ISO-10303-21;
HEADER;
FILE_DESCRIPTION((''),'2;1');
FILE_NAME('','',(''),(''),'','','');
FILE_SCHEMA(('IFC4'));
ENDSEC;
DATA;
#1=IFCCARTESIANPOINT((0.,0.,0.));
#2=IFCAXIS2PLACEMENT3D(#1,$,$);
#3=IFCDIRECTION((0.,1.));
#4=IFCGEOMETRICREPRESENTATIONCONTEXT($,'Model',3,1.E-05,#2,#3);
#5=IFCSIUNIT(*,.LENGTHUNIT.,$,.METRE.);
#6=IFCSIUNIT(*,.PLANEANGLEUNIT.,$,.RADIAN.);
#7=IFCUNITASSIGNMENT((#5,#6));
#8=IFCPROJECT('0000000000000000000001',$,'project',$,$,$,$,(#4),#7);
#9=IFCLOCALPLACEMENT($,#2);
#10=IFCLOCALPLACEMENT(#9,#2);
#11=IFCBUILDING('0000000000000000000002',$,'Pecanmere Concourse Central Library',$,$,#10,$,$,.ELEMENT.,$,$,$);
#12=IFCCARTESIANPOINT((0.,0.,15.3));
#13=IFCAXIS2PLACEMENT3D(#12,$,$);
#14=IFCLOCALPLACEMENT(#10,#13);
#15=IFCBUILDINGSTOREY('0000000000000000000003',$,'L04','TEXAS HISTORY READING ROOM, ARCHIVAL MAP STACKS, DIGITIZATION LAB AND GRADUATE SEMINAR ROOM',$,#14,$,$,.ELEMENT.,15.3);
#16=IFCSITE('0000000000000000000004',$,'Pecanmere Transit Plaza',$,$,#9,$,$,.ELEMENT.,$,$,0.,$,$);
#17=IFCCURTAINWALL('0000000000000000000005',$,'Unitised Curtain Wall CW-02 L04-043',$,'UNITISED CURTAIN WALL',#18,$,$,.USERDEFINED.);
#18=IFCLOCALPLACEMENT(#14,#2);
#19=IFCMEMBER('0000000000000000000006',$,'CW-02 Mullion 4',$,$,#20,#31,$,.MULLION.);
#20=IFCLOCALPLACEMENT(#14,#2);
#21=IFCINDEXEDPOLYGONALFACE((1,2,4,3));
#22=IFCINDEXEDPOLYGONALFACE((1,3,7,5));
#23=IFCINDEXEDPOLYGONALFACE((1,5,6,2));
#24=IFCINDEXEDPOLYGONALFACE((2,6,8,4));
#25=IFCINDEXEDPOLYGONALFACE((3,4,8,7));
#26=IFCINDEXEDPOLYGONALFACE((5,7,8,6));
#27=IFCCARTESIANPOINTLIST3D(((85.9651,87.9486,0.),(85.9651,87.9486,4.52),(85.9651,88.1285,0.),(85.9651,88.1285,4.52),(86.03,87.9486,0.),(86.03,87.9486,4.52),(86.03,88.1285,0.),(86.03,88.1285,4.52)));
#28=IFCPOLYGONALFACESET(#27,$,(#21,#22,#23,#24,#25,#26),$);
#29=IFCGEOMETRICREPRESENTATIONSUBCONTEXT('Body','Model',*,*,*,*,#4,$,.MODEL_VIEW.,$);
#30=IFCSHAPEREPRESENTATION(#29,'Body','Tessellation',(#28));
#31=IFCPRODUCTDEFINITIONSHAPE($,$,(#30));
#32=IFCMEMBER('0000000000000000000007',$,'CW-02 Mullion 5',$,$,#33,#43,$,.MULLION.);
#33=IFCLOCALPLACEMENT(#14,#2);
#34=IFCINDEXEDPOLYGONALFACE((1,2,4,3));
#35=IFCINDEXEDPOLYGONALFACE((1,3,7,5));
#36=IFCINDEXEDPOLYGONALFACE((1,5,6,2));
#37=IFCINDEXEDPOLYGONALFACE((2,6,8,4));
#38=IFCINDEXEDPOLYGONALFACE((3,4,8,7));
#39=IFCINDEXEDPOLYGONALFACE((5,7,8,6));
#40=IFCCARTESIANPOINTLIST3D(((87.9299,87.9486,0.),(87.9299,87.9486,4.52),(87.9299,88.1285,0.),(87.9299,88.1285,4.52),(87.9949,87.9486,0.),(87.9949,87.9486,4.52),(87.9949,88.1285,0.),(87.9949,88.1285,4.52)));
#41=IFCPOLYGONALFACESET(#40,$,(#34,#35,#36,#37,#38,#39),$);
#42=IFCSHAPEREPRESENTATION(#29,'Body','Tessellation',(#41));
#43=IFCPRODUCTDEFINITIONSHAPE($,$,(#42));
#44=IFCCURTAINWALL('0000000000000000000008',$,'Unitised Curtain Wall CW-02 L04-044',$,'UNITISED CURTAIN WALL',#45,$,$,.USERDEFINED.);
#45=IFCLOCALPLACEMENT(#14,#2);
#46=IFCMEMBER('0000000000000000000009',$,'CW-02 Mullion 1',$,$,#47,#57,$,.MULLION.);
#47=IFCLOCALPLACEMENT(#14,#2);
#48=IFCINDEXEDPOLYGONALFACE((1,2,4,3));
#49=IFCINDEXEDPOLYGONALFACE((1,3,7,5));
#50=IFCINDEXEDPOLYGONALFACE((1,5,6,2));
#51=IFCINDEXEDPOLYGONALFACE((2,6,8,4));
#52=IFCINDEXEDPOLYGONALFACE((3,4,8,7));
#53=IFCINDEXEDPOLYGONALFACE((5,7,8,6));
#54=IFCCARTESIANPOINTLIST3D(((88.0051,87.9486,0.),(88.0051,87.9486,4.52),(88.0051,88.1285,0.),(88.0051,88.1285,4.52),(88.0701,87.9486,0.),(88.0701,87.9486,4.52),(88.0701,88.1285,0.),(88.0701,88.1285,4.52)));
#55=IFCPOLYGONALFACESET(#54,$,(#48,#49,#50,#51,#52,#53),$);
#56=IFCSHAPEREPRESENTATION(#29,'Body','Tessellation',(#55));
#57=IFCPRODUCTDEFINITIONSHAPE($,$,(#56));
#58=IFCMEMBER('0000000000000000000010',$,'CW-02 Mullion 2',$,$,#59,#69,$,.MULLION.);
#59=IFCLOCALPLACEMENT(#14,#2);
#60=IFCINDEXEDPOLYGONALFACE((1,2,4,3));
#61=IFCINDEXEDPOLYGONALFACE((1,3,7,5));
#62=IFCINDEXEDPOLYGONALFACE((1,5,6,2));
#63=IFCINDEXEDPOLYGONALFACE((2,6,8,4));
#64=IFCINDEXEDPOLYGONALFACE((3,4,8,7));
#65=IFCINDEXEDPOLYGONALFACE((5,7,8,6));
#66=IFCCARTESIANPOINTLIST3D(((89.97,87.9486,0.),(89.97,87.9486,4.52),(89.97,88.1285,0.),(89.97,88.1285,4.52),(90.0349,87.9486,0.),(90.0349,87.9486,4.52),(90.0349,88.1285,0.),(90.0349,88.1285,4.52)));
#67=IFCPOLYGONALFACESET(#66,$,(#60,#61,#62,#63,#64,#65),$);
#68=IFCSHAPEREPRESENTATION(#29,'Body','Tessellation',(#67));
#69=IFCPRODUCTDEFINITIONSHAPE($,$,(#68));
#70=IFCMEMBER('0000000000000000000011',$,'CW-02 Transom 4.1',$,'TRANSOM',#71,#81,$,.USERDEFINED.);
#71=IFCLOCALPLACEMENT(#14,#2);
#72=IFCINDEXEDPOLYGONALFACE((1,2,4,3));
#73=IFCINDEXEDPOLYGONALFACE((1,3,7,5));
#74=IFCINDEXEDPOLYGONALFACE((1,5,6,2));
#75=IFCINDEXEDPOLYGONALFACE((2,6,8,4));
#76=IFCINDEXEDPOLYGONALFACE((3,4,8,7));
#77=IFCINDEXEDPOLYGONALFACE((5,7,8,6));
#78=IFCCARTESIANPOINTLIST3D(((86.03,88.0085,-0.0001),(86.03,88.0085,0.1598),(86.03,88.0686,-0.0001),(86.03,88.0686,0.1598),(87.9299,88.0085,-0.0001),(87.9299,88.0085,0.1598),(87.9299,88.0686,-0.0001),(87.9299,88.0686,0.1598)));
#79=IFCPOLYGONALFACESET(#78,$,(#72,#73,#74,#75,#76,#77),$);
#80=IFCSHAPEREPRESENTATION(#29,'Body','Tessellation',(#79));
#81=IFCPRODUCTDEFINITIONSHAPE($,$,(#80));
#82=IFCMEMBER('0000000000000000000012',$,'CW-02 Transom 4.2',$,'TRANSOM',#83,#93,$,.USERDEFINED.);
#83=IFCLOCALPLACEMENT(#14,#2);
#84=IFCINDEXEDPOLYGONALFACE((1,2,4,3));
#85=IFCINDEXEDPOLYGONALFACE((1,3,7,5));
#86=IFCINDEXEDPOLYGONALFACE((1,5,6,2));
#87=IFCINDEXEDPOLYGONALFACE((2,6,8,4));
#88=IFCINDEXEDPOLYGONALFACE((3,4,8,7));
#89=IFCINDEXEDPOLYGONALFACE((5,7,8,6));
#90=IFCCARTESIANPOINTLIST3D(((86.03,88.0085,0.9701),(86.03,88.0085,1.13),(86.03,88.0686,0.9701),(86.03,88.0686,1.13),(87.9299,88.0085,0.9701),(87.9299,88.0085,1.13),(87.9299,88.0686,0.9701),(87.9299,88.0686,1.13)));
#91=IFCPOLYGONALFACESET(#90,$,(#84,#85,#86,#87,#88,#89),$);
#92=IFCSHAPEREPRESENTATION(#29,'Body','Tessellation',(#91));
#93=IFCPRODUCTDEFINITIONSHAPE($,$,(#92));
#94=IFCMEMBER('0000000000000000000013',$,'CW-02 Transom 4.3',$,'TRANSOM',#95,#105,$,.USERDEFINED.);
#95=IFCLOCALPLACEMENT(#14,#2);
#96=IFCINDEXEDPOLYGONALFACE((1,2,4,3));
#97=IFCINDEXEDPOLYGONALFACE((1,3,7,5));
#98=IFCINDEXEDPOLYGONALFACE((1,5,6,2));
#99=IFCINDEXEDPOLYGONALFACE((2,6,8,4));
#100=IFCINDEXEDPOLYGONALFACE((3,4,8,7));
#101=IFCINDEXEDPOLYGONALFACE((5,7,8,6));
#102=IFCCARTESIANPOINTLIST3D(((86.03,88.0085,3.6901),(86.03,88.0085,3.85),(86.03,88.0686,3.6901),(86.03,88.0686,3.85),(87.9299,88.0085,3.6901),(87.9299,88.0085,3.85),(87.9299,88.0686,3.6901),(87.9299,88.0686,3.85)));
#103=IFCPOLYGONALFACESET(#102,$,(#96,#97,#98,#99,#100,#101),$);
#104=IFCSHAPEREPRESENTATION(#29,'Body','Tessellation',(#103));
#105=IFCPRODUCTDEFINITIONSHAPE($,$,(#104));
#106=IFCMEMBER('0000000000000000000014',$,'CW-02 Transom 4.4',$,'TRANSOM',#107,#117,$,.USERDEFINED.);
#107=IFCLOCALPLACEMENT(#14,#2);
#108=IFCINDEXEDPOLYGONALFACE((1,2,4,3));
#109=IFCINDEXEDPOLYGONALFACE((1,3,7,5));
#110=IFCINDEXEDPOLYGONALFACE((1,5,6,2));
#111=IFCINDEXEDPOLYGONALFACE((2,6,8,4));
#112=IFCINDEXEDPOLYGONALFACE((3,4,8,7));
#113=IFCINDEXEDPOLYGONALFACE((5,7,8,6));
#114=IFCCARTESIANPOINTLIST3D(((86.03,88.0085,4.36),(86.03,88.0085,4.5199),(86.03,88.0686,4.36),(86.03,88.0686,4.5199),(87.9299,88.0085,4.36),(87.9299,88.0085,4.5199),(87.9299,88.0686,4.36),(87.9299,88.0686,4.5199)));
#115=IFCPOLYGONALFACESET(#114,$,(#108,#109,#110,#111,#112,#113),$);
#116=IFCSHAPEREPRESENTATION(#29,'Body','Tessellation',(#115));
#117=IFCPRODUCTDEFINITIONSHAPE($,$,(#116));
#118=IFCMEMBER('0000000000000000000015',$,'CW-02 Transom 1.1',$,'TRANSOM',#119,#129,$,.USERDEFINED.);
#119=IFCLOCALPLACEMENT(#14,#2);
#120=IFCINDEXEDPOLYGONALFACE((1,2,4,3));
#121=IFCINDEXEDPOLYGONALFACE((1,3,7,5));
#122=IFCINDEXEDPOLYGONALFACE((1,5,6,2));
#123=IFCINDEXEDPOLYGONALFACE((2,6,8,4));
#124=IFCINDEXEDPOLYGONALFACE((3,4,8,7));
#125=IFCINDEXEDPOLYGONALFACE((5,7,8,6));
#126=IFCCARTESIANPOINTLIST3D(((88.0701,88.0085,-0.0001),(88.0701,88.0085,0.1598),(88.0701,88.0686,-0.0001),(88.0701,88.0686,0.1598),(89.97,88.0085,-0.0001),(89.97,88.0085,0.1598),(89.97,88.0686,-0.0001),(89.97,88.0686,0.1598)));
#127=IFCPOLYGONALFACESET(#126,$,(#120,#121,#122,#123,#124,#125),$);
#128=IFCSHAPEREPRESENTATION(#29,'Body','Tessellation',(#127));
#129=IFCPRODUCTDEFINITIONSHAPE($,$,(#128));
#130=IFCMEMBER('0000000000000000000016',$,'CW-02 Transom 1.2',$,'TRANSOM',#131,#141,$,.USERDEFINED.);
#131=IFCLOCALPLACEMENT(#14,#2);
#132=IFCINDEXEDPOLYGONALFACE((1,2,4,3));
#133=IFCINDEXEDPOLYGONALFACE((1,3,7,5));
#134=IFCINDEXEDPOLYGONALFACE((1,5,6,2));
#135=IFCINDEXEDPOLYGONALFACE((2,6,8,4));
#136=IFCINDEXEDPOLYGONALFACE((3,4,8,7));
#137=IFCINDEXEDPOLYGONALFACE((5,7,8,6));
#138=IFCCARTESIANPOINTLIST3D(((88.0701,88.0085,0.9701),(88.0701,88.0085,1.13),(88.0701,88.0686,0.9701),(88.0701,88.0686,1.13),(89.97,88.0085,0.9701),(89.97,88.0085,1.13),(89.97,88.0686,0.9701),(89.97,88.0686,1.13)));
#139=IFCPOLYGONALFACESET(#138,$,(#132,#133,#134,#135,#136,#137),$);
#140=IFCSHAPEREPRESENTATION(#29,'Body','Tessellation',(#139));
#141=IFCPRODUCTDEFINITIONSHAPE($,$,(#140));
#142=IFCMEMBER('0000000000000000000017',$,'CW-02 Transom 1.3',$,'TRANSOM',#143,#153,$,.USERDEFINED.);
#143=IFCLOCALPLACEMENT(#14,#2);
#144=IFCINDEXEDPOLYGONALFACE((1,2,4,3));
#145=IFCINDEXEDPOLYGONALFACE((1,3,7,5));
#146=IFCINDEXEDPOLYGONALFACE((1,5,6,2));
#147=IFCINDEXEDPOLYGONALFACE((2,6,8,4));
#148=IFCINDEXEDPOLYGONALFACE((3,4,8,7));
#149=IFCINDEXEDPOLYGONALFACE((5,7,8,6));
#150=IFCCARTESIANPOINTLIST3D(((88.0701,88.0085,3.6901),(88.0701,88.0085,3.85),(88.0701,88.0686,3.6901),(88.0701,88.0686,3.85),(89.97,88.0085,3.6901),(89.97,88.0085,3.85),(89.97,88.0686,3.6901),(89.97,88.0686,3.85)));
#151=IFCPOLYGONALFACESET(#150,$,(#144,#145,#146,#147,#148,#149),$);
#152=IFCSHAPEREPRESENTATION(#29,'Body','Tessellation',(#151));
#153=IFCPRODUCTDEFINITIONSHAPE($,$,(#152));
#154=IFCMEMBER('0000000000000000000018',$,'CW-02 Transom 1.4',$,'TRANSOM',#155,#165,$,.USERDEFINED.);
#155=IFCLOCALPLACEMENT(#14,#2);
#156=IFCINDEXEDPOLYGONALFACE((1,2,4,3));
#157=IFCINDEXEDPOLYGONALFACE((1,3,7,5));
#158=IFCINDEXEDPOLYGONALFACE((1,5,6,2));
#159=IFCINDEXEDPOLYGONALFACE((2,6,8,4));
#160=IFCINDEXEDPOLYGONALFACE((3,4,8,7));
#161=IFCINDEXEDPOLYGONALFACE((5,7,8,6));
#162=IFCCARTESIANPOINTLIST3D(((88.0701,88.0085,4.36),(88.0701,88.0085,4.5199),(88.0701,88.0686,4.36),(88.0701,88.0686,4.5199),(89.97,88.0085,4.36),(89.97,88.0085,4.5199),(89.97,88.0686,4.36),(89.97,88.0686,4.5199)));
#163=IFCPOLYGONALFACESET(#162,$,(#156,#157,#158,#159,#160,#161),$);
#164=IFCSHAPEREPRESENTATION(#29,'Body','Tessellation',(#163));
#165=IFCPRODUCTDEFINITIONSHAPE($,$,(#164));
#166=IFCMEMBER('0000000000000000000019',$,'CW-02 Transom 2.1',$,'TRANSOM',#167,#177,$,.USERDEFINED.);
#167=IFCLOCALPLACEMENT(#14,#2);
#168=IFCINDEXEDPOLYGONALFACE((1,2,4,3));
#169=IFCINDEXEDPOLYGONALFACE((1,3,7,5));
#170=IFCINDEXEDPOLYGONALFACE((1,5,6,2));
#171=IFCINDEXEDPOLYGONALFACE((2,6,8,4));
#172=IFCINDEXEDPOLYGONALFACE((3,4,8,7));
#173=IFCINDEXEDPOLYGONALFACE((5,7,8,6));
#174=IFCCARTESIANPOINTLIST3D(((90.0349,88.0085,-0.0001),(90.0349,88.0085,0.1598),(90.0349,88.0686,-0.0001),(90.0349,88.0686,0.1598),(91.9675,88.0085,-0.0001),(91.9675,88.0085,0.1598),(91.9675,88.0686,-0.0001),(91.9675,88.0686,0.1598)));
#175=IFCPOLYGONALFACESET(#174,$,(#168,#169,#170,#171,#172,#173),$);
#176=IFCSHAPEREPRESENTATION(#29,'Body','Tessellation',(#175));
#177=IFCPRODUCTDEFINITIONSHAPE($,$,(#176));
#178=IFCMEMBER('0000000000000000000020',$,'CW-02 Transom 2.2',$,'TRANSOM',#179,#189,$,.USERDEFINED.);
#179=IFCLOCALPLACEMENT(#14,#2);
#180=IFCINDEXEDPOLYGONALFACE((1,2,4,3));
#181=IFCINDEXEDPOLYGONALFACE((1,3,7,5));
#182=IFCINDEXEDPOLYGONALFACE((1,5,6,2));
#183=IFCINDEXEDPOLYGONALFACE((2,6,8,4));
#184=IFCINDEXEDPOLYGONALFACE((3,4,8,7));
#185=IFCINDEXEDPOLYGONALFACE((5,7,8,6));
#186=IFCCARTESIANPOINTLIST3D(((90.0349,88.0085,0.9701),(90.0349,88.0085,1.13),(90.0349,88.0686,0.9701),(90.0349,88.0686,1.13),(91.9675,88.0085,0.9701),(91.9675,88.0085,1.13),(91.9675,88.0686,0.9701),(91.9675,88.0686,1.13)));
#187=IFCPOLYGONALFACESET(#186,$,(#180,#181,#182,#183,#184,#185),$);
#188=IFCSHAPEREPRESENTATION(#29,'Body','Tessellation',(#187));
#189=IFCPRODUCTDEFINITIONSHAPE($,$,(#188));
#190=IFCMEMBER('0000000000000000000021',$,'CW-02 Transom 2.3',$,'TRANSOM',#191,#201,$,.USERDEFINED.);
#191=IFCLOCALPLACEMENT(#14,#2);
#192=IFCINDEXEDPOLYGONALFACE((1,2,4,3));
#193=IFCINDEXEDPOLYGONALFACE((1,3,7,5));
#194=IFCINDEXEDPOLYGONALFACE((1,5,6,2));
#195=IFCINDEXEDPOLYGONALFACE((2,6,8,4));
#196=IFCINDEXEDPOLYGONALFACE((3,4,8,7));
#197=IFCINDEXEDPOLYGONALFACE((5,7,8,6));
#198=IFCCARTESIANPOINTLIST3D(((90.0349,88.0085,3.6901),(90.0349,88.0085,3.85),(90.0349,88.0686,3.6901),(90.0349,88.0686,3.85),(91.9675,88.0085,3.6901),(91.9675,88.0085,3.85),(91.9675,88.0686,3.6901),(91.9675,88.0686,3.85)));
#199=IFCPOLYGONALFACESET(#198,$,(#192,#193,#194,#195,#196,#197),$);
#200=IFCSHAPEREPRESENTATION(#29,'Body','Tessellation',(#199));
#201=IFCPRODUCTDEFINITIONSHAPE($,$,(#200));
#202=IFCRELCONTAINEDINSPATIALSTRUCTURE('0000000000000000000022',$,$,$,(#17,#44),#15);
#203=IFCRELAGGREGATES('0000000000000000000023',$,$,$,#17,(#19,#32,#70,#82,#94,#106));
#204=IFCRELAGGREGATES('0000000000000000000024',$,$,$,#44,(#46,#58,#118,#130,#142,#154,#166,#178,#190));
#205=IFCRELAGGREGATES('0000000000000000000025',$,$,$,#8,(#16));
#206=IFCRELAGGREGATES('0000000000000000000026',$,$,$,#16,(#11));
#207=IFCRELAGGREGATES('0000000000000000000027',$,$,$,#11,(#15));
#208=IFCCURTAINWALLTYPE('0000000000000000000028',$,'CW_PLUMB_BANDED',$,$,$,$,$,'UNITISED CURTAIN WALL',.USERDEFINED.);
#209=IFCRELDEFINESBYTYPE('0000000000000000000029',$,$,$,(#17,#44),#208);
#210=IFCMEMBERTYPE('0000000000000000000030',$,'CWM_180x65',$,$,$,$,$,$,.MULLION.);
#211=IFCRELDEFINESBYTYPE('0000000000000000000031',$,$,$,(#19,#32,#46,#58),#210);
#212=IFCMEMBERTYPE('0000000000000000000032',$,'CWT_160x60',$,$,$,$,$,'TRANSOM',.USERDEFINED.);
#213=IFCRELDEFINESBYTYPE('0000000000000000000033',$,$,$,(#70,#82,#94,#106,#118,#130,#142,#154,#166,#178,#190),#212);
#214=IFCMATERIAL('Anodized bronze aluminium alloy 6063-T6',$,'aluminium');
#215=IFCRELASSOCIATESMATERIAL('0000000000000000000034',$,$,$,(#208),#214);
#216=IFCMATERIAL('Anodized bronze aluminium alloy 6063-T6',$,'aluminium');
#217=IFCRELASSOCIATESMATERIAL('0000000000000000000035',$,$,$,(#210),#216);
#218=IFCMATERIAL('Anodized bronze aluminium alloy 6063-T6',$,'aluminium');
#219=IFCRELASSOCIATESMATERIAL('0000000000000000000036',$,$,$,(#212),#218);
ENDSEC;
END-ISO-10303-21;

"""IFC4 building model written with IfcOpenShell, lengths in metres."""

from ifc_helpers import new_model, si_unit, direction, frame, origin, origin_2d, place, context, subcontext, project, spatial, rectangle, extrude, material, material_profile, profile_set, type_object, element, aggregate, save


model = new_model("IFC4")

# Units and contexts
model_context = context("Model", 3, precision=1e-05, world=origin(), true_north=direction((0.0, 1.0)))
body_context = subcontext(model_context, "Body", "Model", "MODEL_VIEW")
ifc_project = project(units=[si_unit("LENGTHUNIT", "METRE"), si_unit("PLANEANGLEUNIT", "RADIAN")], contexts=[model_context])

# Site, building, storey
site_placement = place(None, origin())
site = spatial("IfcSite", under=ifc_project, at=site_placement, Name="Pecanmere Transit Plaza", CompositionType="ELEMENT", RefElevation=0.0)
building_placement = place(site_placement, origin())
building = spatial("IfcBuilding", under=site, at=building_placement, Name="Pecanmere Concourse Central Library", CompositionType="ELEMENT")
storey_placement = place(building_placement, frame((0.0, 0.0, 15.3)))
storey = spatial("IfcBuildingStorey", under=building, at=storey_placement, Name="L04", Description="TEXAS HISTORY READING ROOM, ARCHIVAL MAP STACKS, DIGITIZATION LAB AND GRADUATE SEMINAR ROOM", CompositionType="ELEMENT", Elevation=15.3)

# Curtain walls, members
ifc_material_1 = material(Name="Anodized bronze aluminium alloy 6063-T6", Category="aluminium")
curtain_wall_type = type_object("IfcCurtainWallType", Name="CW_PLUMB_BANDED", ElementType="UNITISED CURTAIN WALL", PredefinedType="USERDEFINED", material=ifc_material_1)
curtain_wall_1_placement = place(storey_placement, origin())
curtain_wall_1 = element("IfcCurtainWall", 1, at=curtain_wall_1_placement, inside=storey, type_object=curtain_wall_type, Name="Unitised Curtain Wall CW-02 L04-043", ObjectType="UNITISED CURTAIN WALL", PredefinedType="USERDEFINED")
ifc_material_2 = material(Name="Anodized bronze aluminium alloy 6063-T6", Category="aluminium")
ifc_material_profile_1 = material_profile(ifc_material_2, rectangle(XDim=0.0649, YDim=0.1799, at=origin_2d()), Name="AL 65x180")
ifc_profile_set_1 = profile_set([ifc_material_profile_1], Name="Anodized bronze aluminium alloy 6063-T6")
member_type_1 = type_object("IfcMemberType", Name="CWM_180x65", PredefinedType="MULLION", material=ifc_profile_set_1)
member_1_placement = place(storey_placement, frame((85.9976, 88.0386, 0.0), z_axis=(0.0, 0.0, 1.0), x_axis=(1.0, 0.0, 0.0)))
member_1 = element("IfcMember", 2, at=member_1_placement, type_object=member_type_1, Name="CW-02 Mullion 4", PredefinedType="MULLION", context=body_context, shape_type="SweptSolid", body=[
    extrude(rectangle(XDim=0.0649, YDim=0.1799, at=origin_2d()), origin(), (0.0, 0.0, 1.0), 4.52),
])
member_2_placement = place(storey_placement, frame((87.9624, 88.0386, 0.0), z_axis=(0.0, 0.0, 1.0), x_axis=(1.0, 0.0, 0.0)))
member_2 = element("IfcMember", 3, at=member_2_placement, type_object=member_type_1, Name="CW-02 Mullion 5", PredefinedType="MULLION", context=body_context, shape_type="SweptSolid", body=[
    extrude(rectangle(XDim=0.0649, YDim=0.1799, at=origin_2d()), origin(), (0.0, 0.0, 1.0), 4.52),
])
curtain_wall_2_placement = place(storey_placement, origin())
curtain_wall_2 = element("IfcCurtainWall", 4, at=curtain_wall_2_placement, inside=storey, type_object=curtain_wall_type, Name="Unitised Curtain Wall CW-02 L04-044", ObjectType="UNITISED CURTAIN WALL", PredefinedType="USERDEFINED")
member_3_placement = place(storey_placement, frame((88.0376, 88.0386, 0.0), z_axis=(0.0, 0.0, 1.0), x_axis=(1.0, 0.0, 0.0)))
member_3 = element("IfcMember", 5, at=member_3_placement, type_object=member_type_1, Name="CW-02 Mullion 1", PredefinedType="MULLION", context=body_context, shape_type="SweptSolid", body=[
    extrude(rectangle(XDim=0.0649, YDim=0.1799, at=origin_2d()), origin(), (0.0, 0.0, 1.0), 4.52),
])
member_4_placement = place(storey_placement, frame((90.0024, 88.0386, 0.0), z_axis=(0.0, 0.0, 1.0), x_axis=(1.0, 0.0, 0.0)))
member_4 = element("IfcMember", 6, at=member_4_placement, type_object=member_type_1, Name="CW-02 Mullion 2", PredefinedType="MULLION", context=body_context, shape_type="SweptSolid", body=[
    extrude(rectangle(XDim=0.0649, YDim=0.1799, at=origin_2d()), origin(), (0.0, 0.0, 1.0), 4.52),
])

# Members
ifc_material_3 = material(Name="Anodized bronze aluminium alloy 6063-T6", Category="aluminium")
ifc_material_profile_2 = material_profile(ifc_material_3, rectangle(XDim=0.0601, YDim=0.1599, at=origin_2d()), Name="AL 60x160")
ifc_profile_set_2 = profile_set([ifc_material_profile_2], Name="Anodized bronze aluminium alloy 6063-T6")
member_type_2 = type_object("IfcMemberType", Name="CWT_160x60", ElementType="TRANSOM", PredefinedType="USERDEFINED", material=ifc_profile_set_2)
member_5_placement = place(storey_placement, frame((86.03, 88.0386, 0.0798), z_axis=(1.0, 0.0, 0.0), x_axis=(0.0, 1.0, 0.0)))
member_5 = element("IfcMember", 7, at=member_5_placement, type_object=member_type_2, Name="CW-02 Transom 4.1", ObjectType="TRANSOM", PredefinedType="USERDEFINED", context=body_context, shape_type="SweptSolid", body=[
    extrude(rectangle(XDim=0.0601, YDim=0.1599, at=origin_2d()), origin(), (0.0, 0.0, 1.0), 1.8999),
])
member_6_placement = place(storey_placement, frame((86.03, 88.0386, 1.05), z_axis=(1.0, 0.0, 0.0), x_axis=(0.0, 1.0, 0.0)))
member_6 = element("IfcMember", 8, at=member_6_placement, type_object=member_type_2, Name="CW-02 Transom 4.2", ObjectType="TRANSOM", PredefinedType="USERDEFINED", context=body_context, shape_type="SweptSolid", body=[
    extrude(rectangle(XDim=0.0601, YDim=0.1599, at=origin_2d()), origin(), (0.0, 0.0, 1.0), 1.8999),
])
member_7_placement = place(storey_placement, frame((86.03, 88.0386, 3.77), z_axis=(1.0, 0.0, 0.0), x_axis=(0.0, 1.0, 0.0)))
member_7 = element("IfcMember", 9, at=member_7_placement, type_object=member_type_2, Name="CW-02 Transom 4.3", ObjectType="TRANSOM", PredefinedType="USERDEFINED", context=body_context, shape_type="SweptSolid", body=[
    extrude(rectangle(XDim=0.0601, YDim=0.1599, at=origin_2d()), origin(), (0.0, 0.0, 1.0), 1.8999),
])
member_8_placement = place(storey_placement, frame((86.03, 88.0386, 4.4399), z_axis=(1.0, 0.0, 0.0), x_axis=(0.0, 1.0, 0.0)))
member_8 = element("IfcMember", 10, at=member_8_placement, type_object=member_type_2, Name="CW-02 Transom 4.4", ObjectType="TRANSOM", PredefinedType="USERDEFINED", context=body_context, shape_type="SweptSolid", body=[
    extrude(rectangle(XDim=0.0601, YDim=0.1599, at=origin_2d()), origin(), (0.0, 0.0, 1.0), 1.8999),
])
member_9_placement = place(storey_placement, frame((88.0701, 88.0386, 0.0798), z_axis=(1.0, 0.0, 0.0), x_axis=(0.0, 1.0, 0.0)))
member_9 = element("IfcMember", 11, at=member_9_placement, type_object=member_type_2, Name="CW-02 Transom 1.1", ObjectType="TRANSOM", PredefinedType="USERDEFINED", context=body_context, shape_type="SweptSolid", body=[
    extrude(rectangle(XDim=0.0601, YDim=0.1599, at=origin_2d()), origin(), (0.0, 0.0, 1.0), 1.8999),
])
member_10_placement = place(storey_placement, frame((88.0701, 88.0386, 1.05), z_axis=(1.0, 0.0, 0.0), x_axis=(0.0, 1.0, 0.0)))
member_10 = element("IfcMember", 12, at=member_10_placement, type_object=member_type_2, Name="CW-02 Transom 1.2", ObjectType="TRANSOM", PredefinedType="USERDEFINED", context=body_context, shape_type="SweptSolid", body=[
    extrude(rectangle(XDim=0.0601, YDim=0.1599, at=origin_2d()), origin(), (0.0, 0.0, 1.0), 1.8999),
])
member_11_placement = place(storey_placement, frame((88.0701, 88.0386, 3.77), z_axis=(1.0, 0.0, 0.0), x_axis=(0.0, 1.0, 0.0)))
member_11 = element("IfcMember", 13, at=member_11_placement, type_object=member_type_2, Name="CW-02 Transom 1.3", ObjectType="TRANSOM", PredefinedType="USERDEFINED", context=body_context, shape_type="SweptSolid", body=[
    extrude(rectangle(XDim=0.0601, YDim=0.1599, at=origin_2d()), origin(), (0.0, 0.0, 1.0), 1.8999),
])
member_12_placement = place(storey_placement, frame((88.0701, 88.0386, 4.4399), z_axis=(1.0, 0.0, 0.0), x_axis=(0.0, 1.0, 0.0)))
member_12 = element("IfcMember", 14, at=member_12_placement, type_object=member_type_2, Name="CW-02 Transom 1.4", ObjectType="TRANSOM", PredefinedType="USERDEFINED", context=body_context, shape_type="SweptSolid", body=[
    extrude(rectangle(XDim=0.0601, YDim=0.1599, at=origin_2d()), origin(), (0.0, 0.0, 1.0), 1.8999),
])
member_13_placement = place(storey_placement, frame((90.0349, 88.0386, 0.0798), z_axis=(1.0, 0.0, 0.0), x_axis=(0.0, 1.0, 0.0)))
member_13 = element("IfcMember", 15, at=member_13_placement, type_object=member_type_2, Name="CW-02 Transom 2.1", ObjectType="TRANSOM", PredefinedType="USERDEFINED", context=body_context, shape_type="SweptSolid", body=[
    extrude(rectangle(XDim=0.0601, YDim=0.1599, at=origin_2d()), origin(), (0.0, 0.0, 1.0), 1.9326),
])
member_14_placement = place(storey_placement, frame((90.0349, 88.0386, 1.05), z_axis=(1.0, 0.0, 0.0), x_axis=(0.0, 1.0, 0.0)))
member_14 = element("IfcMember", 16, at=member_14_placement, type_object=member_type_2, Name="CW-02 Transom 2.2", ObjectType="TRANSOM", PredefinedType="USERDEFINED", context=body_context, shape_type="SweptSolid", body=[
    extrude(rectangle(XDim=0.0601, YDim=0.1599, at=origin_2d()), origin(), (0.0, 0.0, 1.0), 1.9326),
])
member_15_placement = place(storey_placement, frame((90.0349, 88.0386, 3.77), z_axis=(1.0, 0.0, 0.0), x_axis=(0.0, 1.0, 0.0)))
member_15 = element("IfcMember", 17, at=member_15_placement, type_object=member_type_2, Name="CW-02 Transom 2.3", ObjectType="TRANSOM", PredefinedType="USERDEFINED", context=body_context, shape_type="SweptSolid", body=[
    extrude(rectangle(XDim=0.0601, YDim=0.1599, at=origin_2d()), origin(), (0.0, 0.0, 1.0), 1.9326),
])

aggregate(curtain_wall_1, [member_1, member_2, member_5, member_6, member_7, member_8])
aggregate(curtain_wall_2, [member_3, member_4, member_9, member_10, member_11, member_12, member_13, member_14, member_15])

save(model, "model.ifc")
